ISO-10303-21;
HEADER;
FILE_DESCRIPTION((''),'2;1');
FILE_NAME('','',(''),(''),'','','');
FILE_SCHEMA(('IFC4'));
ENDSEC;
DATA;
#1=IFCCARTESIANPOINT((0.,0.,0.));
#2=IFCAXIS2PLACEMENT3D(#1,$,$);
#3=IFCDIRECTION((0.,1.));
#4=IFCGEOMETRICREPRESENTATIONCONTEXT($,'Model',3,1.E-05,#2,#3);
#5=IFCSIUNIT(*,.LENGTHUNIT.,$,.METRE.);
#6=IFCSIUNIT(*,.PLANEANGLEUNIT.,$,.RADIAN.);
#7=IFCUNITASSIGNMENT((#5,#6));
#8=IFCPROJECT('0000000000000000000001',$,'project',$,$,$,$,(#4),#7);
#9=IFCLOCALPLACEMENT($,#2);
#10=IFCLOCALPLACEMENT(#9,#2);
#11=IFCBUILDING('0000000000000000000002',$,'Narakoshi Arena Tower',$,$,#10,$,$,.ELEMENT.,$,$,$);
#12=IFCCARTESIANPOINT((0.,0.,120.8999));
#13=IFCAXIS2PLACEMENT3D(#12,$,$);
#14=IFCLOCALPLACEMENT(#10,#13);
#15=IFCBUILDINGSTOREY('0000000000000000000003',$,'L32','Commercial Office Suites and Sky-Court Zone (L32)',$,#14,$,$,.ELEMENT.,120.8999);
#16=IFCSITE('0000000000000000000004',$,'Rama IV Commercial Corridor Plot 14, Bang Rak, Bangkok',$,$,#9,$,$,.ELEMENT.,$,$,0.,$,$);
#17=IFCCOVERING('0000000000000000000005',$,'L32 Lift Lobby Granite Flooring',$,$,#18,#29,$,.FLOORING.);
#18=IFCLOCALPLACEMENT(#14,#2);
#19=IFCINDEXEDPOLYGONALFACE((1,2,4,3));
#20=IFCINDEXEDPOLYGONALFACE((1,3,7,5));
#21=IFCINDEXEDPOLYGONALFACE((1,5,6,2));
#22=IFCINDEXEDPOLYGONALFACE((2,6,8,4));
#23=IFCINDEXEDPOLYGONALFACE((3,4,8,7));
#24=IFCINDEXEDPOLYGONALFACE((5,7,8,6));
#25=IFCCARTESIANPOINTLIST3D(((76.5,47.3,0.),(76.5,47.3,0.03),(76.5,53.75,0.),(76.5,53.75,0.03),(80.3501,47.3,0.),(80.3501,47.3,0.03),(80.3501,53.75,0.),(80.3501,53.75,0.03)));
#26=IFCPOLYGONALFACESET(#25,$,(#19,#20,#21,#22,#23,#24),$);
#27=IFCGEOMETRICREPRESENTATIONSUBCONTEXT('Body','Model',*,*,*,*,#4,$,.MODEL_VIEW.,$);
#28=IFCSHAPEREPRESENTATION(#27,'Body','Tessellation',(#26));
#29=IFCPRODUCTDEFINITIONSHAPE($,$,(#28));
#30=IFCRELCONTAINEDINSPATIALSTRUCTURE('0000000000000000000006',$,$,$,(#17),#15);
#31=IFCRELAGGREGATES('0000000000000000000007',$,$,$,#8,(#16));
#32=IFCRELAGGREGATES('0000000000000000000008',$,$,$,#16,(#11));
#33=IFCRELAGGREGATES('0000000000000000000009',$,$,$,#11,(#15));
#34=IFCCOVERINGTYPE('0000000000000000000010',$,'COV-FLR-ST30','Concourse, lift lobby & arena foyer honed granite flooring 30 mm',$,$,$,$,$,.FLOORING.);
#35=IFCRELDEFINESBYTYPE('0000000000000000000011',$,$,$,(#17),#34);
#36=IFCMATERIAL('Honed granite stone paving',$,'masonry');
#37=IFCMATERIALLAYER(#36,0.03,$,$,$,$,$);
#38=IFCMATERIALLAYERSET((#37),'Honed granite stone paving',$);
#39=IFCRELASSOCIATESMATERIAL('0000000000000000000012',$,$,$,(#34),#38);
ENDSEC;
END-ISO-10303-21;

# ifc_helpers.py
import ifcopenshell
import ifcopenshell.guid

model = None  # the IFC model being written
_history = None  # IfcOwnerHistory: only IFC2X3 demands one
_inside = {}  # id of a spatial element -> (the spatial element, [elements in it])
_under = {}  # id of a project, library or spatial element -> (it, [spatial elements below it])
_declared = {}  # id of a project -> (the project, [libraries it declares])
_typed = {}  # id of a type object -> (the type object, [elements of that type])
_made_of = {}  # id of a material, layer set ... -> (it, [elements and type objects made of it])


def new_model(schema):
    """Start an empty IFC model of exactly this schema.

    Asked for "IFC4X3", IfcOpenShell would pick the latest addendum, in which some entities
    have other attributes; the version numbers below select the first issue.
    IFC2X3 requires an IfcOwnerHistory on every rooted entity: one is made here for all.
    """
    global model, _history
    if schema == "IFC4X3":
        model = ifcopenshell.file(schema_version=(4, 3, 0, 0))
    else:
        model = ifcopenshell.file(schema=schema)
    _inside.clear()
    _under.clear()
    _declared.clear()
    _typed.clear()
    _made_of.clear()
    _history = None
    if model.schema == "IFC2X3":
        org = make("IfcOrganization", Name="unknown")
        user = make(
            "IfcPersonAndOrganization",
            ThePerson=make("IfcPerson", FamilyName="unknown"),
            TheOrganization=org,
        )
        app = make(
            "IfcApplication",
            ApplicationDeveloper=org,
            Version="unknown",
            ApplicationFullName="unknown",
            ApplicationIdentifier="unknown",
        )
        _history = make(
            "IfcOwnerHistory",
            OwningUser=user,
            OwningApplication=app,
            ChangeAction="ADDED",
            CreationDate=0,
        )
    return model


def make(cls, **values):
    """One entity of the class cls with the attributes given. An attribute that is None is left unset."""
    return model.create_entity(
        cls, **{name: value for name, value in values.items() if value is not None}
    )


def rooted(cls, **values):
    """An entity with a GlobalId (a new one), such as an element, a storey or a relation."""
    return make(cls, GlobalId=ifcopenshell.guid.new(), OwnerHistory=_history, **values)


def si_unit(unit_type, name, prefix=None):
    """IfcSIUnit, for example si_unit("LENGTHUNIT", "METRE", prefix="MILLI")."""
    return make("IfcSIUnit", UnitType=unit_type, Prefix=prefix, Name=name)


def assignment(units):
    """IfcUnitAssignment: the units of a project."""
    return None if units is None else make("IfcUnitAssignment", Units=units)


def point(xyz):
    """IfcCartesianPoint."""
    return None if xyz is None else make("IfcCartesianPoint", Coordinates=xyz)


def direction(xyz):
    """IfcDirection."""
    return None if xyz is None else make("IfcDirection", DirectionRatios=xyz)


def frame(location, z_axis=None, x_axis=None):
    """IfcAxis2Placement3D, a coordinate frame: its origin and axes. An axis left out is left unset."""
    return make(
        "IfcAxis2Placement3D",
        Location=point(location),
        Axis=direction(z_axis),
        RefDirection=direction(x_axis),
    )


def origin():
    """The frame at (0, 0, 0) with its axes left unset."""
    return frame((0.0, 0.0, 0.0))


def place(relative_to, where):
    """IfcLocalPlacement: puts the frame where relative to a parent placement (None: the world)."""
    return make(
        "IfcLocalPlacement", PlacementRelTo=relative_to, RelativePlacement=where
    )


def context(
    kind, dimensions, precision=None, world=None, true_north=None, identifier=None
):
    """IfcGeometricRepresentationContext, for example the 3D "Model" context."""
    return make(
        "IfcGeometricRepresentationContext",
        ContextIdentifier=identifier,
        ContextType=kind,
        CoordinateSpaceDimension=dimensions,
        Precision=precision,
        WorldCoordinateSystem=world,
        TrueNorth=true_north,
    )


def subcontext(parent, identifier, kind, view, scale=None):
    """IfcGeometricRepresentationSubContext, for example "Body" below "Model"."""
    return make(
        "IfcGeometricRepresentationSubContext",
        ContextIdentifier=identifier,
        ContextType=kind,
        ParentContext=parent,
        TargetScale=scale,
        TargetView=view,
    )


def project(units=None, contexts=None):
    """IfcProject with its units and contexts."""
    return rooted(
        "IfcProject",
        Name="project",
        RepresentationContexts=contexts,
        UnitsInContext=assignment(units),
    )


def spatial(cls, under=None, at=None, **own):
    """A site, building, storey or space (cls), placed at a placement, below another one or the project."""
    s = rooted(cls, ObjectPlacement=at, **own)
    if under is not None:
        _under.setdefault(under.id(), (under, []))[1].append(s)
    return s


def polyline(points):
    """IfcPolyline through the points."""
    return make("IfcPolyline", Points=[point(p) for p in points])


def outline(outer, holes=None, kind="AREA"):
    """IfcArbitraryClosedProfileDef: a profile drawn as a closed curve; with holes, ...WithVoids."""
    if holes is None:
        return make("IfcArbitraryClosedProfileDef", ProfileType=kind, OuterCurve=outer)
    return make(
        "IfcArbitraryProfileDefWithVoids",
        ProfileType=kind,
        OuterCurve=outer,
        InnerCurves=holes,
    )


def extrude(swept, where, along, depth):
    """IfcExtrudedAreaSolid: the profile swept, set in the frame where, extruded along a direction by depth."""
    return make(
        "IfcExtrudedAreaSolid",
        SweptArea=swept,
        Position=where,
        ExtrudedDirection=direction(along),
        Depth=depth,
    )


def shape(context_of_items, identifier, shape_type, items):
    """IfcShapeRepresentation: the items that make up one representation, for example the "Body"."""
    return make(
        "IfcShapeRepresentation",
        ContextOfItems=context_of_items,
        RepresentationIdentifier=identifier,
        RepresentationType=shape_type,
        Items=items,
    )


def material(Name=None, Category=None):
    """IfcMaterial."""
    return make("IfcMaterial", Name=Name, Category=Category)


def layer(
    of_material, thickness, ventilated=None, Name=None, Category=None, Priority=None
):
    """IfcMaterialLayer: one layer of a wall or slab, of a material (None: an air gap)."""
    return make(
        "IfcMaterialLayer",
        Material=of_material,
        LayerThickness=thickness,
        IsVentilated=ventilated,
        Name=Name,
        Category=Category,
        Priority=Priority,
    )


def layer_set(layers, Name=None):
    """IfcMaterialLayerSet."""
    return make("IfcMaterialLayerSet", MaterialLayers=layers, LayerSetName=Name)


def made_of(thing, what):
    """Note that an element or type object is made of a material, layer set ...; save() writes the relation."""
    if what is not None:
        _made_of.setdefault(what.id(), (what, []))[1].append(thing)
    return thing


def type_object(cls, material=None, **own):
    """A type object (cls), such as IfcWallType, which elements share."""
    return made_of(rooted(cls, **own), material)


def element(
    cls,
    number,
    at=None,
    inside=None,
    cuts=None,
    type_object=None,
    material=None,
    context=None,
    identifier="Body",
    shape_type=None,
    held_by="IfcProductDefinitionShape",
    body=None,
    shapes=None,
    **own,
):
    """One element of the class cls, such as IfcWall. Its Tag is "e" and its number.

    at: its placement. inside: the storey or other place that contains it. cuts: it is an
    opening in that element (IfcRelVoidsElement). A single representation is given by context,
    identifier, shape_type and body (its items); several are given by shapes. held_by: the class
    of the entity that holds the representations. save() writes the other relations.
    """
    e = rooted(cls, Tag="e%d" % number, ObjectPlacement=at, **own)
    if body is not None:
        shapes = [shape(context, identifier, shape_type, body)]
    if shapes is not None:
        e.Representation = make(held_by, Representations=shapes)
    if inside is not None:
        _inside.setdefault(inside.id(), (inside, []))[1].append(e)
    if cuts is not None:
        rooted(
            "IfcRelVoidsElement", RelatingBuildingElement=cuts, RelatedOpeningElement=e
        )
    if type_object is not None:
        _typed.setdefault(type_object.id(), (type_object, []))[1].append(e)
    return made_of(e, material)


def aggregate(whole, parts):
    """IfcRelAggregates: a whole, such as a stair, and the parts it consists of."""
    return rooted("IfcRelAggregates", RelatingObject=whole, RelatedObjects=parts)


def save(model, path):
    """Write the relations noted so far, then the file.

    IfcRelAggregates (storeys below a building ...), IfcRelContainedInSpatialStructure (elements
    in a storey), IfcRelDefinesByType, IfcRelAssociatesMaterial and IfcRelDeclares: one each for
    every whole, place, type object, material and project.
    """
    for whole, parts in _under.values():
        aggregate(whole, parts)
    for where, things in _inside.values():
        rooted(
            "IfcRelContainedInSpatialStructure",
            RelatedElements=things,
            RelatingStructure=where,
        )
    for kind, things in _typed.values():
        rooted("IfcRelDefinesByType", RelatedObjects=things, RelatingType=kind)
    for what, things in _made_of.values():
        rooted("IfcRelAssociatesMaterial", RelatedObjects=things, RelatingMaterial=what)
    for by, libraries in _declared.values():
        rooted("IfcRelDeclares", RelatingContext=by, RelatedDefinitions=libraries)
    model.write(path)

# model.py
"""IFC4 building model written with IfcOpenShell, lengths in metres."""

from ifc_helpers import new_model, si_unit, direction, frame, origin, place, context, subcontext, project, spatial, polyline, outline, extrude, material, layer, layer_set, type_object, element, save


model = new_model("IFC4")

# Units and contexts
model_context = context("Model", 3, precision=1e-05, world=origin(), true_north=direction((0.0, 1.0)))
body_context = subcontext(model_context, "Body", "Model", "MODEL_VIEW")
ifc_project = project(units=[si_unit("LENGTHUNIT", "METRE"), si_unit("PLANEANGLEUNIT", "RADIAN")], contexts=[model_context])

# Site, building, storey
site_placement = place(None, origin())
site = spatial("IfcSite", under=ifc_project, at=site_placement, Name="Rama IV Commercial Corridor Plot 14, Bang Rak, Bangkok", CompositionType="ELEMENT", RefElevation=0.0)
building_placement = place(site_placement, origin())
building = spatial("IfcBuilding", under=site, at=building_placement, Name="Narakoshi Arena Tower", CompositionType="ELEMENT")
storey_placement = place(building_placement, frame((0.0, 0.0, 120.8999)))
storey = spatial("IfcBuildingStorey", under=building, at=storey_placement, Name="L32", Description="Commercial Office Suites and Sky-Court Zone (L32)", CompositionType="ELEMENT", Elevation=120.8999)

# Covering
ifc_material_1 = material(Name="Honed granite stone paving", Category="masonry")
ifc_layer_1 = layer(ifc_material_1, 0.03)
ifc_layer_set_1 = layer_set([ifc_layer_1], Name="Honed granite stone paving")
covering_type_1 = type_object("IfcCoveringType", Name="COV-FLR-ST30", Description="Concourse, lift lobby & arena foyer honed granite flooring 30 mm", PredefinedType="FLOORING", material=ifc_layer_set_1)
covering_1_placement = place(storey_placement, origin())
element("IfcCovering", 1, at=covering_1_placement, inside=storey, type_object=covering_type_1, Name="L32 Lift Lobby Granite Flooring", PredefinedType="FLOORING", context=body_context, shape_type="SweptSolid", body=[
    extrude(outline(polyline([(76.5, 47.3), (80.3501, 47.3), (80.3501, 53.75), (76.5, 53.75), (76.5, 47.3)])), origin(), (0.0, 0.0, 1.0), 0.03),
])

save(model, "model.ifc")
